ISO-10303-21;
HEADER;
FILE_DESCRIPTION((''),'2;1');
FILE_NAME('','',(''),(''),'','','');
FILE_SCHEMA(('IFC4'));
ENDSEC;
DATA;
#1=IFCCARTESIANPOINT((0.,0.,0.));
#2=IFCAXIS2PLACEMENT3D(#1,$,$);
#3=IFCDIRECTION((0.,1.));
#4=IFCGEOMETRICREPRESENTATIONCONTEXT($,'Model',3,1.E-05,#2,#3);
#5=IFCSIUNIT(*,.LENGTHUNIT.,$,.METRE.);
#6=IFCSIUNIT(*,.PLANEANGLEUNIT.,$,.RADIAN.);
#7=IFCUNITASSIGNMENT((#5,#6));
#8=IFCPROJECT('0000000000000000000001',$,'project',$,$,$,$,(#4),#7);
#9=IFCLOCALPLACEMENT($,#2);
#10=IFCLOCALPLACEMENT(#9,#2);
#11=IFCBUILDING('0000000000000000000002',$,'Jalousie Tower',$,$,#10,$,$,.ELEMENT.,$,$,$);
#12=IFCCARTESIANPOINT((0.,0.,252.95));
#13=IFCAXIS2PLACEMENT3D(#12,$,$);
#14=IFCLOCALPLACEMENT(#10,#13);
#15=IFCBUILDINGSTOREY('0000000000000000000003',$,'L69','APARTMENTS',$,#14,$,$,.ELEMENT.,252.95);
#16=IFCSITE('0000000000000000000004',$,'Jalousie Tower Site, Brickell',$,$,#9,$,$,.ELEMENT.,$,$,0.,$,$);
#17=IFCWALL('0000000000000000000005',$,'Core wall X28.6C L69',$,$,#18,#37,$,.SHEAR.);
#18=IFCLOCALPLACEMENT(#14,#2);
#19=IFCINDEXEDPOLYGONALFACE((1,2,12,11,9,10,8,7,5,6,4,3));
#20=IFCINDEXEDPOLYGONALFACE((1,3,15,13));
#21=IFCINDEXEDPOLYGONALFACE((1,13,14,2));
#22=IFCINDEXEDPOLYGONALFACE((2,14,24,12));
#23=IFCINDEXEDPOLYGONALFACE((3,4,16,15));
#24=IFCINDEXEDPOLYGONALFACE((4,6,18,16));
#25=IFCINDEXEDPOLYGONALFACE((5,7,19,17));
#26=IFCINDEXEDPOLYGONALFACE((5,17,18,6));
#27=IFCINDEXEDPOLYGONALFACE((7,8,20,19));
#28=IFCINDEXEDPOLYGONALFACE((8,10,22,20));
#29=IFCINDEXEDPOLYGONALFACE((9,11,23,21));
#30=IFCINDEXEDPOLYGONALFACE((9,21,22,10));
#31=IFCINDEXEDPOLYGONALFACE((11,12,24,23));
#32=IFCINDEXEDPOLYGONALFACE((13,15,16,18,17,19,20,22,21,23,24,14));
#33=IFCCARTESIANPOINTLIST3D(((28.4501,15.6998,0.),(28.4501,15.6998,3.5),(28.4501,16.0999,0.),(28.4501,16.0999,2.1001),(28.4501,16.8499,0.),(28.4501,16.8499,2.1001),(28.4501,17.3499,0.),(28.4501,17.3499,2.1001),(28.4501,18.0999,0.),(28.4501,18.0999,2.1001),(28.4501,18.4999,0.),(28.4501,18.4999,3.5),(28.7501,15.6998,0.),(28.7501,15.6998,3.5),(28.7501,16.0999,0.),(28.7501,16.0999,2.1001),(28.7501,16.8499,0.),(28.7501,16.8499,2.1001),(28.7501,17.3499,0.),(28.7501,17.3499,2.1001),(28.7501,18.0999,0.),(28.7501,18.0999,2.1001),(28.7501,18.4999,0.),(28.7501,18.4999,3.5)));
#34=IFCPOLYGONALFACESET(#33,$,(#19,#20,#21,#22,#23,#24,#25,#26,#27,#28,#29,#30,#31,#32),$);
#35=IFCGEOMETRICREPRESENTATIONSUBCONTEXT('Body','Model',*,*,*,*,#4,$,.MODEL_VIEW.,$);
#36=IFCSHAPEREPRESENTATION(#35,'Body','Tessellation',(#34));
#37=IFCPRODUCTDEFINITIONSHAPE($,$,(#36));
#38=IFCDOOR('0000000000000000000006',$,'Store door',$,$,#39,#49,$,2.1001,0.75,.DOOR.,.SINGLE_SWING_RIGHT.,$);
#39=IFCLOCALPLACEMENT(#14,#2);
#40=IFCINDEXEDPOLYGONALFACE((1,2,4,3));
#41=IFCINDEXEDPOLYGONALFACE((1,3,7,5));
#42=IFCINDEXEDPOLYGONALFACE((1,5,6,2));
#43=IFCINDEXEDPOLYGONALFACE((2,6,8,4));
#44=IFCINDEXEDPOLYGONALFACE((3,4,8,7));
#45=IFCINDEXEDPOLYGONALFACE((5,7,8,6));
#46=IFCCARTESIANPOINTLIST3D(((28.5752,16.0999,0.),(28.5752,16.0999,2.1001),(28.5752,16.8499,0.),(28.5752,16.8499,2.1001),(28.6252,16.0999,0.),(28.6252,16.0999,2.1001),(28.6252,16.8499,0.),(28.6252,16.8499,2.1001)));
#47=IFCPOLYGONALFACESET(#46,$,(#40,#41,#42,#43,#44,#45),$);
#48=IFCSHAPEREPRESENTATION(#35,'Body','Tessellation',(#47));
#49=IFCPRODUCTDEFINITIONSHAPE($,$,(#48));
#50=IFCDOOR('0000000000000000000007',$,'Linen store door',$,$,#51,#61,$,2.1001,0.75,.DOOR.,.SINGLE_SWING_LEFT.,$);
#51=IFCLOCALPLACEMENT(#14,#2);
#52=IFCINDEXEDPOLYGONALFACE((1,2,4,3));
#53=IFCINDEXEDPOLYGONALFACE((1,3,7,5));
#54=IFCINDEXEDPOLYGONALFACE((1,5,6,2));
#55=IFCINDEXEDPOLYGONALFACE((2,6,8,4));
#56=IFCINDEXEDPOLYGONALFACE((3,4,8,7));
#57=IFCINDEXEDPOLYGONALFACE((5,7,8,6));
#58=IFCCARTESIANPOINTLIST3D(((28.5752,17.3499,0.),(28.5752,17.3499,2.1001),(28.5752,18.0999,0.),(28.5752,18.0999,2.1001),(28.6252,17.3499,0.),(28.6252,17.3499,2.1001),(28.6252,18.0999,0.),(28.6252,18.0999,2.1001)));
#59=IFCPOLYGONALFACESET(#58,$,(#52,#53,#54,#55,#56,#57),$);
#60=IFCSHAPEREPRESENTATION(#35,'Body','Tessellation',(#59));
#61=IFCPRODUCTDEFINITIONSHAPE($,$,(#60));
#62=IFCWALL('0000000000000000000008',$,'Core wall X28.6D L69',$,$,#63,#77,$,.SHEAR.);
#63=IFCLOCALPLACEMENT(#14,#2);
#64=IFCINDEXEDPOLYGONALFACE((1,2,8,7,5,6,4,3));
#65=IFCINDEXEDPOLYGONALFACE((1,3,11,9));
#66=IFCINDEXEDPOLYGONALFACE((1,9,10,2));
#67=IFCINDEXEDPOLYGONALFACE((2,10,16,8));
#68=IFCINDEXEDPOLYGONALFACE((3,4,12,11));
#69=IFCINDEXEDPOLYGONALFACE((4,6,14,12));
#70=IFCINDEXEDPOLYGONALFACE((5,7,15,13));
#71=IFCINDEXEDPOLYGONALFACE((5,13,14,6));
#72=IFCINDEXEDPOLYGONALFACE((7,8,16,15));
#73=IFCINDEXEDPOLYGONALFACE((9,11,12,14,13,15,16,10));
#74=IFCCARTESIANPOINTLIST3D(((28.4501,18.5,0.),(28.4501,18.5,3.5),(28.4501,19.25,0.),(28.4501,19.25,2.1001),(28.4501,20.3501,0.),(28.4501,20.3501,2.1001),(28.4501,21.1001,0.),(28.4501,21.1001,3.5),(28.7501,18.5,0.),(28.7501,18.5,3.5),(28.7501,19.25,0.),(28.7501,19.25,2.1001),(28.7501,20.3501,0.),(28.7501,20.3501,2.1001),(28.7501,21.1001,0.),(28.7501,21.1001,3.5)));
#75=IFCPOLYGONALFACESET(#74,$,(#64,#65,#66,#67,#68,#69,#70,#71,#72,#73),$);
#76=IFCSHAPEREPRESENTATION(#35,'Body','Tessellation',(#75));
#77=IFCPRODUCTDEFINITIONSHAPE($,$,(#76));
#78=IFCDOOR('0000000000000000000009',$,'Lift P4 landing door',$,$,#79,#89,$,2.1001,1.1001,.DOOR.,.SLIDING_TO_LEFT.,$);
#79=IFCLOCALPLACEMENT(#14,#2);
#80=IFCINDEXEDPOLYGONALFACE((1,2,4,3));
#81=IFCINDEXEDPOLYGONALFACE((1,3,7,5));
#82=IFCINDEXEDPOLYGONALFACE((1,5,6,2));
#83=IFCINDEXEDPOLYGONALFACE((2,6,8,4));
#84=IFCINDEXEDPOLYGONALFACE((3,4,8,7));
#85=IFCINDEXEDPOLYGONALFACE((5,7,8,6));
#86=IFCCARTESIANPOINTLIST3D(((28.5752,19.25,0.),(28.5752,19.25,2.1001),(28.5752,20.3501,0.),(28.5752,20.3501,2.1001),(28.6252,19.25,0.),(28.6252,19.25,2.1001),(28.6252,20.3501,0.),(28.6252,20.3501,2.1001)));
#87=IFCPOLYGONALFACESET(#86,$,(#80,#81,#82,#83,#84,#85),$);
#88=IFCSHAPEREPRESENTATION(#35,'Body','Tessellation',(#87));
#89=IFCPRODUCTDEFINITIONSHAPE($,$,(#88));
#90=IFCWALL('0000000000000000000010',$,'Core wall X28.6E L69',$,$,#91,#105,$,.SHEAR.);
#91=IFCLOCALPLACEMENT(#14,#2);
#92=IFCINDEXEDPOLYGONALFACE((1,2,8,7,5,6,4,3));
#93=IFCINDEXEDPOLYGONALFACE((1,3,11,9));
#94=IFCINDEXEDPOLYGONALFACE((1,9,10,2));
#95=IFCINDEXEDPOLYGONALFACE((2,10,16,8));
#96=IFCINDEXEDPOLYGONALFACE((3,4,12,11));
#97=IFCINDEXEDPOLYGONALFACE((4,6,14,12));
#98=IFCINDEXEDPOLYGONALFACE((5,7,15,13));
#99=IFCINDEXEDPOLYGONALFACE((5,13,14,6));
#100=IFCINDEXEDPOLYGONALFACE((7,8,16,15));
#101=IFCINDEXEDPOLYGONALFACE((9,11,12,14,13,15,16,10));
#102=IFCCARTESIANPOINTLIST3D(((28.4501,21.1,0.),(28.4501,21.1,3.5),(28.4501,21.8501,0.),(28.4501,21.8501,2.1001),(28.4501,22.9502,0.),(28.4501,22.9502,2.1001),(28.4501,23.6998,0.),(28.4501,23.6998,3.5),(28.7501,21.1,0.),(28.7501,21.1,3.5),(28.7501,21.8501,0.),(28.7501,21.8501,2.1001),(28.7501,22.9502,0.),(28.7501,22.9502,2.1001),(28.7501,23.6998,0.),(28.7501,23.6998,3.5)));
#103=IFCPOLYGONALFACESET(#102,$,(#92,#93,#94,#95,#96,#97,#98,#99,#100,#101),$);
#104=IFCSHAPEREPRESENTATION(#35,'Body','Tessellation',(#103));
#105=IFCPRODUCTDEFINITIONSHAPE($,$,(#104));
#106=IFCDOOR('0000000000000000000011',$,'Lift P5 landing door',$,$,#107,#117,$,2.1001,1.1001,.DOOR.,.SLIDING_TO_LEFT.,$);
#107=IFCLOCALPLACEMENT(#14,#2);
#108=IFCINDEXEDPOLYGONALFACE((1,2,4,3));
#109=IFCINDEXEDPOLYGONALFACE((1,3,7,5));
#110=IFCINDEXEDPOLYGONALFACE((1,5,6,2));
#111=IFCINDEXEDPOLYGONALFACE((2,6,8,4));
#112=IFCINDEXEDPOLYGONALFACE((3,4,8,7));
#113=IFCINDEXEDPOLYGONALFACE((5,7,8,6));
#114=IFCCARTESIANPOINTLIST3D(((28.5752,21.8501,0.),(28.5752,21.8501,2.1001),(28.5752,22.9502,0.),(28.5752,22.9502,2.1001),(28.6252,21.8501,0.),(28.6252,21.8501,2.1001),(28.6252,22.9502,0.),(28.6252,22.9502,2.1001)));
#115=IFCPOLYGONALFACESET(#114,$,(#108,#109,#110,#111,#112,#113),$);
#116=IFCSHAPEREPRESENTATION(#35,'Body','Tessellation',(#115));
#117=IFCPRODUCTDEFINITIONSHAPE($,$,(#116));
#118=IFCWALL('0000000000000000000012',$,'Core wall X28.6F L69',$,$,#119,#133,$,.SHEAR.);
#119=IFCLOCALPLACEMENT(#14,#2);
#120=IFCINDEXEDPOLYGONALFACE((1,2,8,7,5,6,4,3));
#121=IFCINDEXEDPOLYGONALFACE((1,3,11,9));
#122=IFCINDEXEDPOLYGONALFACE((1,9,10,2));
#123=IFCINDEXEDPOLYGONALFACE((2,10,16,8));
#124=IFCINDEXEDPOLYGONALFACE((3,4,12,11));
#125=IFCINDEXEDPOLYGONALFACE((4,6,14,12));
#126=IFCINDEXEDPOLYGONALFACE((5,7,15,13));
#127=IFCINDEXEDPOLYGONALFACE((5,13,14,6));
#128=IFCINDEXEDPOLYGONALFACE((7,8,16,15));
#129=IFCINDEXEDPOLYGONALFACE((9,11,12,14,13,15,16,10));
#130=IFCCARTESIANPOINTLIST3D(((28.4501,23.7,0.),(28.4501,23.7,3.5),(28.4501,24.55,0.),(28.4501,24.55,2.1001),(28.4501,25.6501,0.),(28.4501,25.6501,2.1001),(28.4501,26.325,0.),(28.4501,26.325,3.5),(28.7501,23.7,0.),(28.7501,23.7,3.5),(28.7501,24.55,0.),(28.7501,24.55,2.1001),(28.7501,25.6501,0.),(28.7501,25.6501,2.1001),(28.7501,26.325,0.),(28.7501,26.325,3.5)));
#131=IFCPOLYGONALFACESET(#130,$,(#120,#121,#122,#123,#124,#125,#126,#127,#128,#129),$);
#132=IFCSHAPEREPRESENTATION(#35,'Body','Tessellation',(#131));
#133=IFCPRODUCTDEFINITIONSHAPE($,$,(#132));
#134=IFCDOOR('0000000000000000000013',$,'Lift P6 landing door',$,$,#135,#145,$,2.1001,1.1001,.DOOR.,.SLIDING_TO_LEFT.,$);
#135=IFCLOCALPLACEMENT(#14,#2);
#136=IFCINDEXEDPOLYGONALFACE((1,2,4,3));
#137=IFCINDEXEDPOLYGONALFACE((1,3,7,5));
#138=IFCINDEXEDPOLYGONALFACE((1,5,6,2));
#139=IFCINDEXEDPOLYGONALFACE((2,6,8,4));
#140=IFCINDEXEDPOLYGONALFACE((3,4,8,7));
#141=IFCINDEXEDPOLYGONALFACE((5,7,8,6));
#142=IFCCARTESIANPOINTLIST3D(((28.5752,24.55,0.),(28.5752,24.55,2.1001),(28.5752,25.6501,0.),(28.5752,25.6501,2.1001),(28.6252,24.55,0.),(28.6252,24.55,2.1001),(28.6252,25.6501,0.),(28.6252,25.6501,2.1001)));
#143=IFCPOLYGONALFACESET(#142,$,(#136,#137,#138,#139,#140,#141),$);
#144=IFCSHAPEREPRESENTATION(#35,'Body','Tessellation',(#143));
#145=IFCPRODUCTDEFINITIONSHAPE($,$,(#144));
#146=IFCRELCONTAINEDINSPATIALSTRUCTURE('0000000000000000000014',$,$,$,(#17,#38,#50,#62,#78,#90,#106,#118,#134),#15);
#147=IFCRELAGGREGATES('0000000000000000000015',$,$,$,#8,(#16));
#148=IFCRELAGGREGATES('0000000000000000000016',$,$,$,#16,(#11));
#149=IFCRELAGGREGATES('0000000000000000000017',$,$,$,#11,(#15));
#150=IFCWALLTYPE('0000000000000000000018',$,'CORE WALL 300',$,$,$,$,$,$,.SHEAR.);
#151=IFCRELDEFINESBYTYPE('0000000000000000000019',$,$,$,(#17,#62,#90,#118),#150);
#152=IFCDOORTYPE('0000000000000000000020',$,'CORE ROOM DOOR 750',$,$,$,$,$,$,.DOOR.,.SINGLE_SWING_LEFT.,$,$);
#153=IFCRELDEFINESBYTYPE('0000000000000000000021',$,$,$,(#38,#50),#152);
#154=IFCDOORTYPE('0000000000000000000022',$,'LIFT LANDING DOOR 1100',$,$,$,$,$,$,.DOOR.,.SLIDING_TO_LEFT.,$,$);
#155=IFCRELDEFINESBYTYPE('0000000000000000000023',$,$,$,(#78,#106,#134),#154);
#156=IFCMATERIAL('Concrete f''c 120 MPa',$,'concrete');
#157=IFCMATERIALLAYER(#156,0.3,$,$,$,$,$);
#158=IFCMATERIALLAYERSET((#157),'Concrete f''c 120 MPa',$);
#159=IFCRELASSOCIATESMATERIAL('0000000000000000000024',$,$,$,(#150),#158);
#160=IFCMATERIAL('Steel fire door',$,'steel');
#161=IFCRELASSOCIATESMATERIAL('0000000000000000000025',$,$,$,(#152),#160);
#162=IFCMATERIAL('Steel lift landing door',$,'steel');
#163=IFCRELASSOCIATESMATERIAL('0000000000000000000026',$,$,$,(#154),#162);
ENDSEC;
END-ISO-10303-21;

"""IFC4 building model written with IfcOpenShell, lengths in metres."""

from ifc_helpers import new_model, si_unit, direction, frame, frame_2d, origin, place, context, subcontext, project, spatial, rectangle, extrude, material, layer, layer_set, type_object, element, fill, save


model = new_model("IFC4")

# Units and contexts
model_context = context("Model", 3, precision=1e-05, world=origin(), true_north=direction((0.0, 1.0)))
body_context = subcontext(model_context, "Body", "Model", "MODEL_VIEW")
ifc_project = project(units=[si_unit("LENGTHUNIT", "METRE"), si_unit("PLANEANGLEUNIT", "RADIAN")], contexts=[model_context])

# Site, building, storey
site_placement = place(None, origin())
site = spatial("IfcSite", under=ifc_project, at=site_placement, Name="Jalousie Tower Site, Brickell", CompositionType="ELEMENT", RefElevation=0.0)
building_placement = place(site_placement, origin())
building = spatial("IfcBuilding", under=site, at=building_placement, Name="Jalousie Tower", CompositionType="ELEMENT")
storey_placement = place(building_placement, frame((0.0, 0.0, 252.95)))
storey = spatial("IfcBuildingStorey", under=building, at=storey_placement, Name="L69", Description="APARTMENTS", CompositionType="ELEMENT", Elevation=252.95)

# Shared definitions
ifc_material_1 = material(Name="Concrete f'c 120 MPa", Category="concrete")
ifc_layer_1 = layer(ifc_material_1, 0.3)
ifc_layer_set_1 = layer_set([ifc_layer_1], Name="Concrete f'c 120 MPa")
wall_type_1 = type_object("IfcWallType", Name="CORE WALL 300", PredefinedType="SHEAR", material=ifc_layer_set_1)

# Wall, openings, doors
wall_1_placement = place(storey_placement, frame((28.6001, 15.7, 0.0), z_axis=(0.0, 0.0, 1.0), x_axis=(0.0, 1.0, 0.0)))
wall_1 = element("IfcWall", 1, at=wall_1_placement, inside=storey, type_object=wall_type_1, Name="Core wall X28.6C L69", PredefinedType="SHEAR", context=body_context, shape_type="SweptSolid", body=[
    extrude(rectangle(XDim=2.8, YDim=0.3, at=frame_2d((1.3999, 0.0))), origin(), (0.0, 0.0, 1.0), 3.5),
])
opening_1_placement = place(wall_1_placement, frame((0.3999, 0.0, 0.0)))
opening_1 = element("IfcOpeningElement", 2, at=opening_1_placement, cuts=wall_1, PredefinedType="OPENING", context=body_context, shape_type="SweptSolid", body=[
    extrude(rectangle(XDim=0.75, YDim=2.1001, at=frame_2d((0.375, 1.05))), frame((0.0, 0.1599, 0.0), z_axis=(0.0, -1.0, 0.0), x_axis=(1.0, 0.0, 0.0)), (0.0, 0.0, 1.0), 0.3201),
])
opening_2_placement = place(wall_1_placement, frame((1.6499, 0.0, 0.0)))
opening_2 = element("IfcOpeningElement", 3, at=opening_2_placement, cuts=wall_1, PredefinedType="OPENING", context=body_context, shape_type="SweptSolid", body=[
    extrude(rectangle(XDim=0.75, YDim=2.1001, at=frame_2d((0.375, 1.05))), frame((0.0, 0.1599, 0.0), z_axis=(0.0, -1.0, 0.0), x_axis=(1.0, 0.0, 0.0)), (0.0, 0.0, 1.0), 0.3201),
])
ifc_material_2 = material(Name="Steel fire door", Category="steel")
door_type_1 = type_object("IfcDoorType", Name="CORE ROOM DOOR 750", OperationType="SINGLE_SWING_LEFT", PredefinedType="DOOR", material=ifc_material_2)
door_1_placement = place(opening_1_placement, origin())
door_1 = element("IfcDoor", 4, at=door_1_placement, inside=storey, type_object=door_type_1, Name="Store door", OperationType="SINGLE_SWING_RIGHT", OverallHeight=2.1001, OverallWidth=0.75, PredefinedType="DOOR", context=body_context, shape_type="SweptSolid", body=[
    extrude(rectangle(XDim=0.75, YDim=2.1001, at=frame_2d((0.375, 1.05))), frame((0.0, 0.0249, 0.0), z_axis=(0.0, -1.0, 0.0), x_axis=(1.0, 0.0, 0.0)), (0.0, 0.0, 1.0), 0.05),
])
fill(opening_1, door_1)
door_2_placement = place(opening_2_placement, origin())
door_2 = element("IfcDoor", 5, at=door_2_placement, inside=storey, type_object=door_type_1, Name="Linen store door", OperationType="SINGLE_SWING_LEFT", OverallHeight=2.1001, OverallWidth=0.75, PredefinedType="DOOR", context=body_context, shape_type="SweptSolid", body=[
    extrude(rectangle(XDim=0.75, YDim=2.1001, at=frame_2d((0.375, 1.05))), frame((0.0, 0.0249, 0.0), z_axis=(0.0, -1.0, 0.0), x_axis=(1.0, 0.0, 0.0)), (0.0, 0.0, 1.0), 0.05),
])
fill(opening_2, door_2)

# Walls, openings, doors
wall_2_placement = place(storey_placement, frame((28.6001, 18.5, 0.0), z_axis=(0.0, 0.0, 1.0), x_axis=(0.0, 1.0, 0.0)))
wall_2 = element("IfcWall", 6, at=wall_2_placement, inside=storey, type_object=wall_type_1, Name="Core wall X28.6D L69", PredefinedType="SHEAR", context=body_context, shape_type="SweptSolid", body=[
    extrude(rectangle(XDim=2.6001, YDim=0.3, at=frame_2d((1.3, 0.0))), origin(), (0.0, 0.0, 1.0), 3.5),
])
opening_3_placement = place(wall_2_placement, frame((0.75, 0.0, 0.0)))
opening_3 = element("IfcOpeningElement", 7, at=opening_3_placement, cuts=wall_2, PredefinedType="OPENING", context=body_context, shape_type="SweptSolid", body=[
    extrude(rectangle(XDim=1.1001, YDim=2.1001, at=frame_2d((0.55, 1.05))), frame((0.0, 0.1599, 0.0), z_axis=(0.0, -1.0, 0.0), x_axis=(1.0, 0.0, 0.0)), (0.0, 0.0, 1.0), 0.3201),
])
ifc_material_3 = material(Name="Steel lift landing door", Category="steel")
door_type_2 = type_object("IfcDoorType", Name="LIFT LANDING DOOR 1100", OperationType="SLIDING_TO_LEFT", PredefinedType="DOOR", material=ifc_material_3)
door_3_placement = place(opening_3_placement, origin())
door_3 = element("IfcDoor", 8, at=door_3_placement, inside=storey, type_object=door_type_2, Name="Lift P4 landing door", OperationType="SLIDING_TO_LEFT", OverallHeight=2.1001, OverallWidth=1.1001, PredefinedType="DOOR", context=body_context, shape_type="SweptSolid", body=[
    extrude(rectangle(XDim=1.1001, YDim=2.1001, at=frame_2d((0.55, 1.05))), frame((0.0, 0.0249, 0.0), z_axis=(0.0, -1.0, 0.0), x_axis=(1.0, 0.0, 0.0)), (0.0, 0.0, 1.0), 0.05),
])
fill(opening_3, door_3)
wall_3_placement = place(storey_placement, frame((28.6001, 21.1001, 0.0), z_axis=(0.0, 0.0, 1.0), x_axis=(0.0, 1.0, 0.0)))
wall_3 = element("IfcWall", 9, at=wall_3_placement, inside=storey, type_object=wall_type_1, Name="Core wall X28.6E L69", PredefinedType="SHEAR", context=body_context, shape_type="SweptSolid", body=[
    extrude(rectangle(XDim=2.5999, YDim=0.3, at=frame_2d((1.2998, 0.0))), origin(), (0.0, 0.0, 1.0), 3.5),
])
opening_4_placement = place(wall_3_placement, frame((0.75, 0.0, 0.0)))
opening_4 = element("IfcOpeningElement", 10, at=opening_4_placement, cuts=wall_3, PredefinedType="OPENING", context=body_context, shape_type="SweptSolid", body=[
    extrude(rectangle(XDim=1.1001, YDim=2.1001, at=frame_2d((0.55, 1.05))), frame((0.0, 0.1599, 0.0), z_axis=(0.0, -1.0, 0.0), x_axis=(1.0, 0.0, 0.0)), (0.0, 0.0, 1.0), 0.3201),
])
door_4_placement = place(opening_4_placement, origin())
door_4 = element("IfcDoor", 11, at=door_4_placement, inside=storey, type_object=door_type_2, Name="Lift P5 landing door", OperationType="SLIDING_TO_LEFT", OverallHeight=2.1001, OverallWidth=1.1001, PredefinedType="DOOR", context=body_context, shape_type="SweptSolid", body=[
    extrude(rectangle(XDim=1.1001, YDim=2.1001, at=frame_2d((0.55, 1.05))), frame((0.0, 0.0249, 0.0), z_axis=(0.0, -1.0, 0.0), x_axis=(1.0, 0.0, 0.0)), (0.0, 0.0, 1.0), 0.05),
])
fill(opening_4, door_4)
wall_4_placement = place(storey_placement, frame((28.6001, 23.7, 0.0), z_axis=(0.0, 0.0, 1.0), x_axis=(0.0, 1.0, 0.0)))
wall_4 = element("IfcWall", 12, at=wall_4_placement, inside=storey, type_object=wall_type_1, Name="Core wall X28.6F L69", PredefinedType="SHEAR", context=body_context, shape_type="SweptSolid", body=[
    extrude(rectangle(XDim=2.625, YDim=0.3, at=frame_2d((1.3125, 0.0))), origin(), (0.0, 0.0, 1.0), 3.5),
])
opening_5_placement = place(wall_4_placement, frame((0.8501, 0.0, 0.0)))
opening_5 = element("IfcOpeningElement", 13, at=opening_5_placement, cuts=wall_4, PredefinedType="OPENING", context=body_context, shape_type="SweptSolid", body=[
    extrude(rectangle(XDim=1.1001, YDim=2.1001, at=frame_2d((0.55, 1.05))), frame((0.0, 0.1599, 0.0), z_axis=(0.0, -1.0, 0.0), x_axis=(1.0, 0.0, 0.0)), (0.0, 0.0, 1.0), 0.3201),
])
door_5_placement = place(opening_5_placement, origin())
door_5 = element("IfcDoor", 14, at=door_5_placement, inside=storey, type_object=door_type_2, Name="Lift P6 landing door", OperationType="SLIDING_TO_LEFT", OverallHeight=2.1001, OverallWidth=1.1001, PredefinedType="DOOR", context=body_context, shape_type="SweptSolid", body=[
    extrude(rectangle(XDim=1.1001, YDim=2.1001, at=frame_2d((0.55, 1.05))), frame((0.0, 0.0249, 0.0), z_axis=(0.0, -1.0, 0.0), x_axis=(1.0, 0.0, 0.0)), (0.0, 0.0, 1.0), 0.05),
])
fill(opening_5, door_5)

save(model, "model.ifc")
